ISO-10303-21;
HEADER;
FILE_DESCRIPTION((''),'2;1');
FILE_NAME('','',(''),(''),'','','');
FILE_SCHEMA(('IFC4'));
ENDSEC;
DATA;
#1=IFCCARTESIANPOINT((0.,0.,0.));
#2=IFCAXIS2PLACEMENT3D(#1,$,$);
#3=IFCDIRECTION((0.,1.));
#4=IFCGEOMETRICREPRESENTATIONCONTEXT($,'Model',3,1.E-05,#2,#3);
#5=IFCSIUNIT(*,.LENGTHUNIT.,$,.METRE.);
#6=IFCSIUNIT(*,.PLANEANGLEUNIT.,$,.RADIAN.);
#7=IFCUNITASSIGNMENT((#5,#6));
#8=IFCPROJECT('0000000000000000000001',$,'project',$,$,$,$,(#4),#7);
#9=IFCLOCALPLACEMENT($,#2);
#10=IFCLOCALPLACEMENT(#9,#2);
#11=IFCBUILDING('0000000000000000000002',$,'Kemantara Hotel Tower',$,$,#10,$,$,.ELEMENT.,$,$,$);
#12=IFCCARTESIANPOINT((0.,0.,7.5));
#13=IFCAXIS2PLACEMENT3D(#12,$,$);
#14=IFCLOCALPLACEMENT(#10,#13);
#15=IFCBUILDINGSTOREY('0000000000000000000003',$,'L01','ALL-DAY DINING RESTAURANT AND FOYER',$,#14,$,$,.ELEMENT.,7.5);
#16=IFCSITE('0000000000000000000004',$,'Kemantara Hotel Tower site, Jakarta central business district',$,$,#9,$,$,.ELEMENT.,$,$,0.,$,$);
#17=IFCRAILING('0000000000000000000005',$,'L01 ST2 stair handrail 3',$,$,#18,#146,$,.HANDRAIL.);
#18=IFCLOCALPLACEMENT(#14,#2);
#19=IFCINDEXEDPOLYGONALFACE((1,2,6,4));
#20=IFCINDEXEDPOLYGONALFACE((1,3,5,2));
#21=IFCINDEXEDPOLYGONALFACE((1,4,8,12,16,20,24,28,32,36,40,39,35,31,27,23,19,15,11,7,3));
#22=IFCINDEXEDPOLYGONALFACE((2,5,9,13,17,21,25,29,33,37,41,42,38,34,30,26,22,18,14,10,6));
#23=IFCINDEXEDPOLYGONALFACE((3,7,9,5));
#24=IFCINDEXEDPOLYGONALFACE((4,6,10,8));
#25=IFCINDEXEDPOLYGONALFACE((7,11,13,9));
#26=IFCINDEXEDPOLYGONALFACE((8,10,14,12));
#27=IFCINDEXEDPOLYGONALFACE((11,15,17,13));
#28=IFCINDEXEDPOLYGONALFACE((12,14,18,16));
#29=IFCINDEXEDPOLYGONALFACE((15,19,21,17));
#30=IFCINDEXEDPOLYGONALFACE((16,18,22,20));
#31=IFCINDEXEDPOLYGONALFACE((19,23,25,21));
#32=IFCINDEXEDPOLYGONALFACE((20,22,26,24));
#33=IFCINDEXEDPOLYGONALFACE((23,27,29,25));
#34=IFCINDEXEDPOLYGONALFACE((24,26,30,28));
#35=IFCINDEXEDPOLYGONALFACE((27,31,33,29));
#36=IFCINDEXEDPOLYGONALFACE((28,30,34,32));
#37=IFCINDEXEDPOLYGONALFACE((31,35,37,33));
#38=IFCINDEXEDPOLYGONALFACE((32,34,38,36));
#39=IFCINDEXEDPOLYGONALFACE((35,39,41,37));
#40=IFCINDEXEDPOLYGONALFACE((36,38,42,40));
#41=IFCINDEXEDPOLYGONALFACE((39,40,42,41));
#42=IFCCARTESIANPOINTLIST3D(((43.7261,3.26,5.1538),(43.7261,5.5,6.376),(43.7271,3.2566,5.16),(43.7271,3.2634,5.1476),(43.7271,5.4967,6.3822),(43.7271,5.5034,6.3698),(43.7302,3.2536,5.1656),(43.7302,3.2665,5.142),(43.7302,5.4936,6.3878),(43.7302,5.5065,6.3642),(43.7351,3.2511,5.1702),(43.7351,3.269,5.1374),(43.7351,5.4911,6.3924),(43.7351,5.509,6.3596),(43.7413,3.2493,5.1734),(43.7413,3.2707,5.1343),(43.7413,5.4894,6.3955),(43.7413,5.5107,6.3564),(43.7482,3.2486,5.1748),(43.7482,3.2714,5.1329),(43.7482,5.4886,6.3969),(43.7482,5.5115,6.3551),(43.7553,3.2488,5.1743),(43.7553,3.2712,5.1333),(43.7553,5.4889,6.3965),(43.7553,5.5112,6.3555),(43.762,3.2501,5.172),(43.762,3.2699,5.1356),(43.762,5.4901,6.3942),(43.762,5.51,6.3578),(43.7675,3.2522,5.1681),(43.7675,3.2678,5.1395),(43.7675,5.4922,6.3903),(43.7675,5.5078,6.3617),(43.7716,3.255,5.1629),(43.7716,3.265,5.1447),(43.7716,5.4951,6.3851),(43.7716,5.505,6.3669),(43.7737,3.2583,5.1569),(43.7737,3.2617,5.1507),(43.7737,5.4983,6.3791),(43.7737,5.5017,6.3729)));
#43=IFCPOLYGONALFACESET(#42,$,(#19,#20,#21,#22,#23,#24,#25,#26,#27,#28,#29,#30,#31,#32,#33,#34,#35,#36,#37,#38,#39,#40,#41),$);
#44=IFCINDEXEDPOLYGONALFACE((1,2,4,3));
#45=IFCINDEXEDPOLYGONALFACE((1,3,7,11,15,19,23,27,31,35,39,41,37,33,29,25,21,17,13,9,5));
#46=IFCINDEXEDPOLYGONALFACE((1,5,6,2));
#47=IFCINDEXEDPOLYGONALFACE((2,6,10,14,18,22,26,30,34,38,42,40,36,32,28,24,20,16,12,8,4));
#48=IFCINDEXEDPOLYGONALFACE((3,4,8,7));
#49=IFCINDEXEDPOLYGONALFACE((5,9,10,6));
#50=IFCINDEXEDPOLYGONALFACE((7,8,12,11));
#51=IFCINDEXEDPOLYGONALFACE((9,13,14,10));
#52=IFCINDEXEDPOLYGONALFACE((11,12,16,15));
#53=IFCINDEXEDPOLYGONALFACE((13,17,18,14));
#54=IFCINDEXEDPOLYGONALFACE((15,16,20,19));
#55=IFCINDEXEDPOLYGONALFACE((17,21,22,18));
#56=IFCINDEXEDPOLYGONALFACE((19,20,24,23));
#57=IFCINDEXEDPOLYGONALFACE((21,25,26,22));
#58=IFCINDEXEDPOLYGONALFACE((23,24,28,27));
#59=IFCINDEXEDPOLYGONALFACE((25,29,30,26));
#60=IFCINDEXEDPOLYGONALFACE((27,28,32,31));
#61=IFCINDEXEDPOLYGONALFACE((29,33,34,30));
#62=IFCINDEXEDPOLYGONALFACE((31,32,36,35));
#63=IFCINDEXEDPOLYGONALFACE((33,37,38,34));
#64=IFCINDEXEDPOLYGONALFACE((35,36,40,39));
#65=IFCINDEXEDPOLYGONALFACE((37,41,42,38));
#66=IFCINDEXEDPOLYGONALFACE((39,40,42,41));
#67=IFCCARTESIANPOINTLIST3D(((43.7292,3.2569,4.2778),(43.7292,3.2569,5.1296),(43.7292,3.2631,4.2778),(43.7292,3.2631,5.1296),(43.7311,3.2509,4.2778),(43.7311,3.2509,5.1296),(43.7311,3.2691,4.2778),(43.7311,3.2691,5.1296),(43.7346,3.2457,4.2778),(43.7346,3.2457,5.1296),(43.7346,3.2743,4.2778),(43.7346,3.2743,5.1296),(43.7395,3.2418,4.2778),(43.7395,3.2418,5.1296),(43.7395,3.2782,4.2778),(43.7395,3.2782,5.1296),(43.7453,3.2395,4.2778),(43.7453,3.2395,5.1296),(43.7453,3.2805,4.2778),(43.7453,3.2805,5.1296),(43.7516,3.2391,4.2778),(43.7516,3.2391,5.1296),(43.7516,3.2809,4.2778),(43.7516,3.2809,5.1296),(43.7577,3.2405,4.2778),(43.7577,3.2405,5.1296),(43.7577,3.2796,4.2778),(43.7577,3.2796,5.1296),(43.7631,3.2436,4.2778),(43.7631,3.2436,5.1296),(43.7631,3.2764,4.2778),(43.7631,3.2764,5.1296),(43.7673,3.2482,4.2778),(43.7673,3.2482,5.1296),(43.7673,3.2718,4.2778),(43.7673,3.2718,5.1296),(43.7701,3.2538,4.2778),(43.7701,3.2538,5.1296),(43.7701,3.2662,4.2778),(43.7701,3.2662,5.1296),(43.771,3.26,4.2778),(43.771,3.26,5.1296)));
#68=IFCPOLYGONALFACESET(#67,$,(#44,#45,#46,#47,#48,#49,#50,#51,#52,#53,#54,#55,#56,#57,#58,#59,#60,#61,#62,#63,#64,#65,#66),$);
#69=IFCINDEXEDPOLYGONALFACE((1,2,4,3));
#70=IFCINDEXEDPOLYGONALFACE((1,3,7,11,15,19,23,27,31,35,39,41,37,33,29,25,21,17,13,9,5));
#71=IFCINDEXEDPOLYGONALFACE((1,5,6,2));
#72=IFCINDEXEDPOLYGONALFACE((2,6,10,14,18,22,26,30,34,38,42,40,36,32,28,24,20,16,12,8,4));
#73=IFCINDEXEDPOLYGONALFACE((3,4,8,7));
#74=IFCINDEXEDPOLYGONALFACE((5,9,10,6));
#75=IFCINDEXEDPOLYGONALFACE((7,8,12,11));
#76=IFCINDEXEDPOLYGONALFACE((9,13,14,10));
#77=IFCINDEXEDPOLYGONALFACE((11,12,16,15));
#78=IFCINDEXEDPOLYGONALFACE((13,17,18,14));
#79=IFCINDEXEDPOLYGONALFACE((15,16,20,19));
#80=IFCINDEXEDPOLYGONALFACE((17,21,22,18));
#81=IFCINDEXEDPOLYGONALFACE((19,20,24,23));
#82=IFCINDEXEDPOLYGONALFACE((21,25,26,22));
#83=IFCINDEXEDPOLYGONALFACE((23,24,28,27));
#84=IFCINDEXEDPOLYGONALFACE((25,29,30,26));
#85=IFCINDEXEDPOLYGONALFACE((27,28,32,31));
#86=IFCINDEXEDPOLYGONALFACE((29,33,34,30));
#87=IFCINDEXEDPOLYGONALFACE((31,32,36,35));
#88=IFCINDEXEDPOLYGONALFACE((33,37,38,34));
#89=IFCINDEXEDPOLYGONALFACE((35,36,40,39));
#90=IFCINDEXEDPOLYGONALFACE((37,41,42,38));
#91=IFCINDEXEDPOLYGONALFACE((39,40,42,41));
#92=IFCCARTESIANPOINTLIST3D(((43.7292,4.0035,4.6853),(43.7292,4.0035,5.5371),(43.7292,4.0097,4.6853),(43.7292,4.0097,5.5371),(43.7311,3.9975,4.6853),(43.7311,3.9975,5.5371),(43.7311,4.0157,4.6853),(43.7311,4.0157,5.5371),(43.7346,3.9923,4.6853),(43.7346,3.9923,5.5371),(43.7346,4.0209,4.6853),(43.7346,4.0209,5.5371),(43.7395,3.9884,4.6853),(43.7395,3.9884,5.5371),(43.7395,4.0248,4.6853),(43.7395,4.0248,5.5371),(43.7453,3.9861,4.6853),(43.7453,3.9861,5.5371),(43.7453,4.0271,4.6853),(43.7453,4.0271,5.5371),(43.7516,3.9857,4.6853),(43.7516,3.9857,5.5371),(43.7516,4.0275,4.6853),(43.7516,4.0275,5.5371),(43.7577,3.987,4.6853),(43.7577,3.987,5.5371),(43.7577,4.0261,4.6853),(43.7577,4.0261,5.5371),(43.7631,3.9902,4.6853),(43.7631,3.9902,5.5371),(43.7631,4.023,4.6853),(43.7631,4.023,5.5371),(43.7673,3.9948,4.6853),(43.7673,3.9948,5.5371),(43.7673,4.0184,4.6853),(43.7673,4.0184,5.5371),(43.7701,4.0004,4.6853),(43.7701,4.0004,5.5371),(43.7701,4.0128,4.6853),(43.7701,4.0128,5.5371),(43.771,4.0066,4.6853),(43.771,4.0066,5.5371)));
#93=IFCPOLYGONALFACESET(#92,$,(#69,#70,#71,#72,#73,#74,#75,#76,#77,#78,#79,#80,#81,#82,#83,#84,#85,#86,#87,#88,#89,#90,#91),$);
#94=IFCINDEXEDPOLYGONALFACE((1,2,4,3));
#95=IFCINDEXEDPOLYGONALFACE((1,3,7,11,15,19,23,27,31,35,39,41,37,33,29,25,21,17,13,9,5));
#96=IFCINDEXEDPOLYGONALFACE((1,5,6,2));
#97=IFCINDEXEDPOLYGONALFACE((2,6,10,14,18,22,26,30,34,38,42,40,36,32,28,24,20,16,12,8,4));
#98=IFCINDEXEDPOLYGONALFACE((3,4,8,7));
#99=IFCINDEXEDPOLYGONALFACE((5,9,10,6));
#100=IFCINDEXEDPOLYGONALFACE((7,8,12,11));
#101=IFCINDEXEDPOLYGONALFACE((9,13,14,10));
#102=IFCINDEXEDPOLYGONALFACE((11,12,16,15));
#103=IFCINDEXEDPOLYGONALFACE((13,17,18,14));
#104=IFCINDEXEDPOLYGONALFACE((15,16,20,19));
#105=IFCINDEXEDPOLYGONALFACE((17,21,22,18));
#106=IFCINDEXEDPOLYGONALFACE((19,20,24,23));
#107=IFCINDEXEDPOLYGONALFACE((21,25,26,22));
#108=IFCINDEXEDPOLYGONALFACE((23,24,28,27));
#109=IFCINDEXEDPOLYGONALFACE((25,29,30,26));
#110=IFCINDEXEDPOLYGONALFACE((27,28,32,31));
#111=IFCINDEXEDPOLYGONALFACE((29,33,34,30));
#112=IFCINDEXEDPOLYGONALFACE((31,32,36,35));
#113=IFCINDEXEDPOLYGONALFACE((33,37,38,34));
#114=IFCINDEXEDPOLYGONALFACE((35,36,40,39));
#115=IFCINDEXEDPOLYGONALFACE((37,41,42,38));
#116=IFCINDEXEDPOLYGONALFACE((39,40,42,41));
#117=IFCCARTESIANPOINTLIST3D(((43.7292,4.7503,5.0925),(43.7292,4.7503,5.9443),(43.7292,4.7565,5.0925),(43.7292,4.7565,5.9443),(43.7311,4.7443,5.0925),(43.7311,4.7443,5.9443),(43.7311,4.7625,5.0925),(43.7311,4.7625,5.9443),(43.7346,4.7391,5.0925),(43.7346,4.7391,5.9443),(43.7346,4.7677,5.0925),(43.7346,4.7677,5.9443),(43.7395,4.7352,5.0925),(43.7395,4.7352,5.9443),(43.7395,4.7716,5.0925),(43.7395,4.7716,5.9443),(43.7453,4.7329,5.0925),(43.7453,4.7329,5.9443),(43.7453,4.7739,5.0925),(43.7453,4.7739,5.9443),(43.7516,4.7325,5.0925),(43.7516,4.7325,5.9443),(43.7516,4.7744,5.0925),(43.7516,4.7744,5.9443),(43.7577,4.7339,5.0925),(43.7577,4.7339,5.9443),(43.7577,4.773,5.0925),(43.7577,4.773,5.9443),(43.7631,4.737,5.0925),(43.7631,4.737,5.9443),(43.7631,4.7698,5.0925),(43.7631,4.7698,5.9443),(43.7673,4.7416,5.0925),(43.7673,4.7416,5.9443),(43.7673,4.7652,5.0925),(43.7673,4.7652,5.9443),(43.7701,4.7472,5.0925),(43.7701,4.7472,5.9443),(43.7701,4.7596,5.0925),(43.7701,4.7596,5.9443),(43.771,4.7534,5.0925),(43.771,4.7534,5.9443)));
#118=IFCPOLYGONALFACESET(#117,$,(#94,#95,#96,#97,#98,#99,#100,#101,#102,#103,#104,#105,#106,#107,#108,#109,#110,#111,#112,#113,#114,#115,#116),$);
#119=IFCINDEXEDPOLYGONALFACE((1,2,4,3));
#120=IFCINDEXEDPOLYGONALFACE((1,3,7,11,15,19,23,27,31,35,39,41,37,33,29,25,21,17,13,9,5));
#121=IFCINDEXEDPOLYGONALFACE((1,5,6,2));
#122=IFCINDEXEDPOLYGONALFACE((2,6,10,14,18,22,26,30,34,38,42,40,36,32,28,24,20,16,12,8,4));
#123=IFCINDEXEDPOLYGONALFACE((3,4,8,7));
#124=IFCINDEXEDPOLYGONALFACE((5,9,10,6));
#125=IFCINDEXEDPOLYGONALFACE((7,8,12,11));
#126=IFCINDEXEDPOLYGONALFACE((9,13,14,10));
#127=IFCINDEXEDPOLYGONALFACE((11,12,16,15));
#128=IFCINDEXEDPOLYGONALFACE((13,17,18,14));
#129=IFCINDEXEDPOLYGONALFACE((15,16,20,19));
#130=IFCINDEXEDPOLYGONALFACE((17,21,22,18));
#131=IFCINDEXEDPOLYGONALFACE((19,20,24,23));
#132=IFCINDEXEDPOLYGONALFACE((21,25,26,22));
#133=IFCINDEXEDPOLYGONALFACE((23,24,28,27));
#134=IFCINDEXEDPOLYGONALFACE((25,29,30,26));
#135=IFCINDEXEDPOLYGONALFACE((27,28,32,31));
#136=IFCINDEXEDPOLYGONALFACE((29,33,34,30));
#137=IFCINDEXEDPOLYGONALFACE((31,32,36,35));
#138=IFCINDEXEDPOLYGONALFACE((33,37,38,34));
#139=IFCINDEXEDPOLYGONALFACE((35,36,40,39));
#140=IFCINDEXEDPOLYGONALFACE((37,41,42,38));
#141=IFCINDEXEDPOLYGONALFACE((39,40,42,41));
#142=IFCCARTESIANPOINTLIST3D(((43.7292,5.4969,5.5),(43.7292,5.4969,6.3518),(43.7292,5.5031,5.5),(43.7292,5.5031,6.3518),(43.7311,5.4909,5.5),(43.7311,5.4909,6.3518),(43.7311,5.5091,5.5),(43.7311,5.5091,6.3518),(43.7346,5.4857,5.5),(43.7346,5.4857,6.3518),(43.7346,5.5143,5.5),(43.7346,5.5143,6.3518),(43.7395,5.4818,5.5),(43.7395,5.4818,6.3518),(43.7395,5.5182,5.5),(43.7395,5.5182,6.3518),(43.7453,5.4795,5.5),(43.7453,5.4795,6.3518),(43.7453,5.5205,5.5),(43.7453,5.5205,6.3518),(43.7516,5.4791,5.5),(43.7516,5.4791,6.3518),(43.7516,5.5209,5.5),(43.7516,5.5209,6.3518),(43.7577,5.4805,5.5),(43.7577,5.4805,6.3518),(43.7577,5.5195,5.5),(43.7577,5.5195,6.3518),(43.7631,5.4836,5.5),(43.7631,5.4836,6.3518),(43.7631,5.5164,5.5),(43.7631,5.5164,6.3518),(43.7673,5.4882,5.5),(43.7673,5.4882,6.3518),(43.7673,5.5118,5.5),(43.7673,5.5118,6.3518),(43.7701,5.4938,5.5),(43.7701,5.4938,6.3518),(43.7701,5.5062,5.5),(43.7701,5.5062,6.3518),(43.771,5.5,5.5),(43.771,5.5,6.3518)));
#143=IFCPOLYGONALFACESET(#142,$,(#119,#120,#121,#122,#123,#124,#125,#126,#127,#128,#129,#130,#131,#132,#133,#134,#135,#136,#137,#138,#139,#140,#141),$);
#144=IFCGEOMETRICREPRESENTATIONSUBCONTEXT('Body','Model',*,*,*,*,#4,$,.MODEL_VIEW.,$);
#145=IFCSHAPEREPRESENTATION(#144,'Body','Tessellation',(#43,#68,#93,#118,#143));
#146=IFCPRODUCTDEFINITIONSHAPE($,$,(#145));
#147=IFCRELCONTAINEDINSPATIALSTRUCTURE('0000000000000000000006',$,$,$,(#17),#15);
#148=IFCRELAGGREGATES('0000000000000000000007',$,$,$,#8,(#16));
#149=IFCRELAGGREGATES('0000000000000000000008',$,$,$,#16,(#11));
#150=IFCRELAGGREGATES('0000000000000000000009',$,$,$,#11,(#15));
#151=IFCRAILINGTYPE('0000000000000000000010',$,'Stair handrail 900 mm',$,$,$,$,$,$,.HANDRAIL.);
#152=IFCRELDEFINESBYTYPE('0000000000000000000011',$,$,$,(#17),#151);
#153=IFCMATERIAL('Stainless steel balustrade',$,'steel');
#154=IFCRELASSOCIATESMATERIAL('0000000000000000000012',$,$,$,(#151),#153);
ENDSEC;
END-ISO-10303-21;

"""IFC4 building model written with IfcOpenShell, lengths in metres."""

from ifc_helpers import new_model, si_unit, direction, frame, origin, origin_2d, place, context, subcontext, project, spatial, circle, extrude, material, type_object, element, save


model = new_model("IFC4")

# Units and contexts
model_context = context("Model", 3, precision=1e-05, world=origin(), true_north=direction((0.0, 1.0)))
body_context = subcontext(model_context, "Body", "Model", "MODEL_VIEW")
ifc_project = project(units=[si_unit("LENGTHUNIT", "METRE"), si_unit("PLANEANGLEUNIT", "RADIAN")], contexts=[model_context])

# Site, building, storey
site_placement = place(None, origin())
site = spatial("IfcSite", under=ifc_project, at=site_placement, Name="Kemantara Hotel Tower site, Jakarta central business district", CompositionType="ELEMENT", RefElevation=0.0)
building_placement = place(site_placement, origin())
building = spatial("IfcBuilding", under=site, at=building_placement, Name="Kemantara Hotel Tower", CompositionType="ELEMENT")
storey_placement = place(building_placement, frame((0.0, 0.0, 7.5)))
storey = spatial("IfcBuildingStorey", under=building, at=storey_placement, Name="L01", Description="ALL-DAY DINING RESTAURANT AND FOYER", CompositionType="ELEMENT", Elevation=7.5)

# Railing
ifc_material_1 = material(Name="Stainless steel balustrade", Category="steel")
railing_type_1 = type_object("IfcRailingType", Name="Stair handrail 900 mm", PredefinedType="HANDRAIL", material=ifc_material_1)
railing_1_placement = place(storey_placement, frame((43.75, 3.26, 4.2778)))
element("IfcRailing", 1, at=railing_1_placement, inside=storey, type_object=railing_type_1, Name="L01 ST2 stair handrail 3", PredefinedType="HANDRAIL", context=body_context, shape_type="SweptSolid", body=[
    extrude(circle(Radius=0.0239, at=origin_2d()), frame((0.0, 0.0, 0.876), z_axis=(0.0, 0.877837, 0.478959), x_axis=(-1.0, 0.0, 0.0)), (0.0, 0.0, 1.0), 2.5518),
    extrude(circle(Radius=0.021, at=origin_2d()), origin(), (0.0, 0.0, 1.0), 0.8518),
    extrude(circle(Radius=0.021, at=origin_2d()), frame((0.0, 0.7466, 0.4075)), (0.0, 0.0, 1.0), 0.8518),
    extrude(circle(Radius=0.021, at=origin_2d()), frame((0.0, 1.4934, 0.8147)), (0.0, 0.0, 1.0), 0.8518),
    extrude(circle(Radius=0.021, at=origin_2d()), frame((0.0, 2.24, 1.2222)), (0.0, 0.0, 1.0), 0.8518),
])

save(model, "model.ifc")
